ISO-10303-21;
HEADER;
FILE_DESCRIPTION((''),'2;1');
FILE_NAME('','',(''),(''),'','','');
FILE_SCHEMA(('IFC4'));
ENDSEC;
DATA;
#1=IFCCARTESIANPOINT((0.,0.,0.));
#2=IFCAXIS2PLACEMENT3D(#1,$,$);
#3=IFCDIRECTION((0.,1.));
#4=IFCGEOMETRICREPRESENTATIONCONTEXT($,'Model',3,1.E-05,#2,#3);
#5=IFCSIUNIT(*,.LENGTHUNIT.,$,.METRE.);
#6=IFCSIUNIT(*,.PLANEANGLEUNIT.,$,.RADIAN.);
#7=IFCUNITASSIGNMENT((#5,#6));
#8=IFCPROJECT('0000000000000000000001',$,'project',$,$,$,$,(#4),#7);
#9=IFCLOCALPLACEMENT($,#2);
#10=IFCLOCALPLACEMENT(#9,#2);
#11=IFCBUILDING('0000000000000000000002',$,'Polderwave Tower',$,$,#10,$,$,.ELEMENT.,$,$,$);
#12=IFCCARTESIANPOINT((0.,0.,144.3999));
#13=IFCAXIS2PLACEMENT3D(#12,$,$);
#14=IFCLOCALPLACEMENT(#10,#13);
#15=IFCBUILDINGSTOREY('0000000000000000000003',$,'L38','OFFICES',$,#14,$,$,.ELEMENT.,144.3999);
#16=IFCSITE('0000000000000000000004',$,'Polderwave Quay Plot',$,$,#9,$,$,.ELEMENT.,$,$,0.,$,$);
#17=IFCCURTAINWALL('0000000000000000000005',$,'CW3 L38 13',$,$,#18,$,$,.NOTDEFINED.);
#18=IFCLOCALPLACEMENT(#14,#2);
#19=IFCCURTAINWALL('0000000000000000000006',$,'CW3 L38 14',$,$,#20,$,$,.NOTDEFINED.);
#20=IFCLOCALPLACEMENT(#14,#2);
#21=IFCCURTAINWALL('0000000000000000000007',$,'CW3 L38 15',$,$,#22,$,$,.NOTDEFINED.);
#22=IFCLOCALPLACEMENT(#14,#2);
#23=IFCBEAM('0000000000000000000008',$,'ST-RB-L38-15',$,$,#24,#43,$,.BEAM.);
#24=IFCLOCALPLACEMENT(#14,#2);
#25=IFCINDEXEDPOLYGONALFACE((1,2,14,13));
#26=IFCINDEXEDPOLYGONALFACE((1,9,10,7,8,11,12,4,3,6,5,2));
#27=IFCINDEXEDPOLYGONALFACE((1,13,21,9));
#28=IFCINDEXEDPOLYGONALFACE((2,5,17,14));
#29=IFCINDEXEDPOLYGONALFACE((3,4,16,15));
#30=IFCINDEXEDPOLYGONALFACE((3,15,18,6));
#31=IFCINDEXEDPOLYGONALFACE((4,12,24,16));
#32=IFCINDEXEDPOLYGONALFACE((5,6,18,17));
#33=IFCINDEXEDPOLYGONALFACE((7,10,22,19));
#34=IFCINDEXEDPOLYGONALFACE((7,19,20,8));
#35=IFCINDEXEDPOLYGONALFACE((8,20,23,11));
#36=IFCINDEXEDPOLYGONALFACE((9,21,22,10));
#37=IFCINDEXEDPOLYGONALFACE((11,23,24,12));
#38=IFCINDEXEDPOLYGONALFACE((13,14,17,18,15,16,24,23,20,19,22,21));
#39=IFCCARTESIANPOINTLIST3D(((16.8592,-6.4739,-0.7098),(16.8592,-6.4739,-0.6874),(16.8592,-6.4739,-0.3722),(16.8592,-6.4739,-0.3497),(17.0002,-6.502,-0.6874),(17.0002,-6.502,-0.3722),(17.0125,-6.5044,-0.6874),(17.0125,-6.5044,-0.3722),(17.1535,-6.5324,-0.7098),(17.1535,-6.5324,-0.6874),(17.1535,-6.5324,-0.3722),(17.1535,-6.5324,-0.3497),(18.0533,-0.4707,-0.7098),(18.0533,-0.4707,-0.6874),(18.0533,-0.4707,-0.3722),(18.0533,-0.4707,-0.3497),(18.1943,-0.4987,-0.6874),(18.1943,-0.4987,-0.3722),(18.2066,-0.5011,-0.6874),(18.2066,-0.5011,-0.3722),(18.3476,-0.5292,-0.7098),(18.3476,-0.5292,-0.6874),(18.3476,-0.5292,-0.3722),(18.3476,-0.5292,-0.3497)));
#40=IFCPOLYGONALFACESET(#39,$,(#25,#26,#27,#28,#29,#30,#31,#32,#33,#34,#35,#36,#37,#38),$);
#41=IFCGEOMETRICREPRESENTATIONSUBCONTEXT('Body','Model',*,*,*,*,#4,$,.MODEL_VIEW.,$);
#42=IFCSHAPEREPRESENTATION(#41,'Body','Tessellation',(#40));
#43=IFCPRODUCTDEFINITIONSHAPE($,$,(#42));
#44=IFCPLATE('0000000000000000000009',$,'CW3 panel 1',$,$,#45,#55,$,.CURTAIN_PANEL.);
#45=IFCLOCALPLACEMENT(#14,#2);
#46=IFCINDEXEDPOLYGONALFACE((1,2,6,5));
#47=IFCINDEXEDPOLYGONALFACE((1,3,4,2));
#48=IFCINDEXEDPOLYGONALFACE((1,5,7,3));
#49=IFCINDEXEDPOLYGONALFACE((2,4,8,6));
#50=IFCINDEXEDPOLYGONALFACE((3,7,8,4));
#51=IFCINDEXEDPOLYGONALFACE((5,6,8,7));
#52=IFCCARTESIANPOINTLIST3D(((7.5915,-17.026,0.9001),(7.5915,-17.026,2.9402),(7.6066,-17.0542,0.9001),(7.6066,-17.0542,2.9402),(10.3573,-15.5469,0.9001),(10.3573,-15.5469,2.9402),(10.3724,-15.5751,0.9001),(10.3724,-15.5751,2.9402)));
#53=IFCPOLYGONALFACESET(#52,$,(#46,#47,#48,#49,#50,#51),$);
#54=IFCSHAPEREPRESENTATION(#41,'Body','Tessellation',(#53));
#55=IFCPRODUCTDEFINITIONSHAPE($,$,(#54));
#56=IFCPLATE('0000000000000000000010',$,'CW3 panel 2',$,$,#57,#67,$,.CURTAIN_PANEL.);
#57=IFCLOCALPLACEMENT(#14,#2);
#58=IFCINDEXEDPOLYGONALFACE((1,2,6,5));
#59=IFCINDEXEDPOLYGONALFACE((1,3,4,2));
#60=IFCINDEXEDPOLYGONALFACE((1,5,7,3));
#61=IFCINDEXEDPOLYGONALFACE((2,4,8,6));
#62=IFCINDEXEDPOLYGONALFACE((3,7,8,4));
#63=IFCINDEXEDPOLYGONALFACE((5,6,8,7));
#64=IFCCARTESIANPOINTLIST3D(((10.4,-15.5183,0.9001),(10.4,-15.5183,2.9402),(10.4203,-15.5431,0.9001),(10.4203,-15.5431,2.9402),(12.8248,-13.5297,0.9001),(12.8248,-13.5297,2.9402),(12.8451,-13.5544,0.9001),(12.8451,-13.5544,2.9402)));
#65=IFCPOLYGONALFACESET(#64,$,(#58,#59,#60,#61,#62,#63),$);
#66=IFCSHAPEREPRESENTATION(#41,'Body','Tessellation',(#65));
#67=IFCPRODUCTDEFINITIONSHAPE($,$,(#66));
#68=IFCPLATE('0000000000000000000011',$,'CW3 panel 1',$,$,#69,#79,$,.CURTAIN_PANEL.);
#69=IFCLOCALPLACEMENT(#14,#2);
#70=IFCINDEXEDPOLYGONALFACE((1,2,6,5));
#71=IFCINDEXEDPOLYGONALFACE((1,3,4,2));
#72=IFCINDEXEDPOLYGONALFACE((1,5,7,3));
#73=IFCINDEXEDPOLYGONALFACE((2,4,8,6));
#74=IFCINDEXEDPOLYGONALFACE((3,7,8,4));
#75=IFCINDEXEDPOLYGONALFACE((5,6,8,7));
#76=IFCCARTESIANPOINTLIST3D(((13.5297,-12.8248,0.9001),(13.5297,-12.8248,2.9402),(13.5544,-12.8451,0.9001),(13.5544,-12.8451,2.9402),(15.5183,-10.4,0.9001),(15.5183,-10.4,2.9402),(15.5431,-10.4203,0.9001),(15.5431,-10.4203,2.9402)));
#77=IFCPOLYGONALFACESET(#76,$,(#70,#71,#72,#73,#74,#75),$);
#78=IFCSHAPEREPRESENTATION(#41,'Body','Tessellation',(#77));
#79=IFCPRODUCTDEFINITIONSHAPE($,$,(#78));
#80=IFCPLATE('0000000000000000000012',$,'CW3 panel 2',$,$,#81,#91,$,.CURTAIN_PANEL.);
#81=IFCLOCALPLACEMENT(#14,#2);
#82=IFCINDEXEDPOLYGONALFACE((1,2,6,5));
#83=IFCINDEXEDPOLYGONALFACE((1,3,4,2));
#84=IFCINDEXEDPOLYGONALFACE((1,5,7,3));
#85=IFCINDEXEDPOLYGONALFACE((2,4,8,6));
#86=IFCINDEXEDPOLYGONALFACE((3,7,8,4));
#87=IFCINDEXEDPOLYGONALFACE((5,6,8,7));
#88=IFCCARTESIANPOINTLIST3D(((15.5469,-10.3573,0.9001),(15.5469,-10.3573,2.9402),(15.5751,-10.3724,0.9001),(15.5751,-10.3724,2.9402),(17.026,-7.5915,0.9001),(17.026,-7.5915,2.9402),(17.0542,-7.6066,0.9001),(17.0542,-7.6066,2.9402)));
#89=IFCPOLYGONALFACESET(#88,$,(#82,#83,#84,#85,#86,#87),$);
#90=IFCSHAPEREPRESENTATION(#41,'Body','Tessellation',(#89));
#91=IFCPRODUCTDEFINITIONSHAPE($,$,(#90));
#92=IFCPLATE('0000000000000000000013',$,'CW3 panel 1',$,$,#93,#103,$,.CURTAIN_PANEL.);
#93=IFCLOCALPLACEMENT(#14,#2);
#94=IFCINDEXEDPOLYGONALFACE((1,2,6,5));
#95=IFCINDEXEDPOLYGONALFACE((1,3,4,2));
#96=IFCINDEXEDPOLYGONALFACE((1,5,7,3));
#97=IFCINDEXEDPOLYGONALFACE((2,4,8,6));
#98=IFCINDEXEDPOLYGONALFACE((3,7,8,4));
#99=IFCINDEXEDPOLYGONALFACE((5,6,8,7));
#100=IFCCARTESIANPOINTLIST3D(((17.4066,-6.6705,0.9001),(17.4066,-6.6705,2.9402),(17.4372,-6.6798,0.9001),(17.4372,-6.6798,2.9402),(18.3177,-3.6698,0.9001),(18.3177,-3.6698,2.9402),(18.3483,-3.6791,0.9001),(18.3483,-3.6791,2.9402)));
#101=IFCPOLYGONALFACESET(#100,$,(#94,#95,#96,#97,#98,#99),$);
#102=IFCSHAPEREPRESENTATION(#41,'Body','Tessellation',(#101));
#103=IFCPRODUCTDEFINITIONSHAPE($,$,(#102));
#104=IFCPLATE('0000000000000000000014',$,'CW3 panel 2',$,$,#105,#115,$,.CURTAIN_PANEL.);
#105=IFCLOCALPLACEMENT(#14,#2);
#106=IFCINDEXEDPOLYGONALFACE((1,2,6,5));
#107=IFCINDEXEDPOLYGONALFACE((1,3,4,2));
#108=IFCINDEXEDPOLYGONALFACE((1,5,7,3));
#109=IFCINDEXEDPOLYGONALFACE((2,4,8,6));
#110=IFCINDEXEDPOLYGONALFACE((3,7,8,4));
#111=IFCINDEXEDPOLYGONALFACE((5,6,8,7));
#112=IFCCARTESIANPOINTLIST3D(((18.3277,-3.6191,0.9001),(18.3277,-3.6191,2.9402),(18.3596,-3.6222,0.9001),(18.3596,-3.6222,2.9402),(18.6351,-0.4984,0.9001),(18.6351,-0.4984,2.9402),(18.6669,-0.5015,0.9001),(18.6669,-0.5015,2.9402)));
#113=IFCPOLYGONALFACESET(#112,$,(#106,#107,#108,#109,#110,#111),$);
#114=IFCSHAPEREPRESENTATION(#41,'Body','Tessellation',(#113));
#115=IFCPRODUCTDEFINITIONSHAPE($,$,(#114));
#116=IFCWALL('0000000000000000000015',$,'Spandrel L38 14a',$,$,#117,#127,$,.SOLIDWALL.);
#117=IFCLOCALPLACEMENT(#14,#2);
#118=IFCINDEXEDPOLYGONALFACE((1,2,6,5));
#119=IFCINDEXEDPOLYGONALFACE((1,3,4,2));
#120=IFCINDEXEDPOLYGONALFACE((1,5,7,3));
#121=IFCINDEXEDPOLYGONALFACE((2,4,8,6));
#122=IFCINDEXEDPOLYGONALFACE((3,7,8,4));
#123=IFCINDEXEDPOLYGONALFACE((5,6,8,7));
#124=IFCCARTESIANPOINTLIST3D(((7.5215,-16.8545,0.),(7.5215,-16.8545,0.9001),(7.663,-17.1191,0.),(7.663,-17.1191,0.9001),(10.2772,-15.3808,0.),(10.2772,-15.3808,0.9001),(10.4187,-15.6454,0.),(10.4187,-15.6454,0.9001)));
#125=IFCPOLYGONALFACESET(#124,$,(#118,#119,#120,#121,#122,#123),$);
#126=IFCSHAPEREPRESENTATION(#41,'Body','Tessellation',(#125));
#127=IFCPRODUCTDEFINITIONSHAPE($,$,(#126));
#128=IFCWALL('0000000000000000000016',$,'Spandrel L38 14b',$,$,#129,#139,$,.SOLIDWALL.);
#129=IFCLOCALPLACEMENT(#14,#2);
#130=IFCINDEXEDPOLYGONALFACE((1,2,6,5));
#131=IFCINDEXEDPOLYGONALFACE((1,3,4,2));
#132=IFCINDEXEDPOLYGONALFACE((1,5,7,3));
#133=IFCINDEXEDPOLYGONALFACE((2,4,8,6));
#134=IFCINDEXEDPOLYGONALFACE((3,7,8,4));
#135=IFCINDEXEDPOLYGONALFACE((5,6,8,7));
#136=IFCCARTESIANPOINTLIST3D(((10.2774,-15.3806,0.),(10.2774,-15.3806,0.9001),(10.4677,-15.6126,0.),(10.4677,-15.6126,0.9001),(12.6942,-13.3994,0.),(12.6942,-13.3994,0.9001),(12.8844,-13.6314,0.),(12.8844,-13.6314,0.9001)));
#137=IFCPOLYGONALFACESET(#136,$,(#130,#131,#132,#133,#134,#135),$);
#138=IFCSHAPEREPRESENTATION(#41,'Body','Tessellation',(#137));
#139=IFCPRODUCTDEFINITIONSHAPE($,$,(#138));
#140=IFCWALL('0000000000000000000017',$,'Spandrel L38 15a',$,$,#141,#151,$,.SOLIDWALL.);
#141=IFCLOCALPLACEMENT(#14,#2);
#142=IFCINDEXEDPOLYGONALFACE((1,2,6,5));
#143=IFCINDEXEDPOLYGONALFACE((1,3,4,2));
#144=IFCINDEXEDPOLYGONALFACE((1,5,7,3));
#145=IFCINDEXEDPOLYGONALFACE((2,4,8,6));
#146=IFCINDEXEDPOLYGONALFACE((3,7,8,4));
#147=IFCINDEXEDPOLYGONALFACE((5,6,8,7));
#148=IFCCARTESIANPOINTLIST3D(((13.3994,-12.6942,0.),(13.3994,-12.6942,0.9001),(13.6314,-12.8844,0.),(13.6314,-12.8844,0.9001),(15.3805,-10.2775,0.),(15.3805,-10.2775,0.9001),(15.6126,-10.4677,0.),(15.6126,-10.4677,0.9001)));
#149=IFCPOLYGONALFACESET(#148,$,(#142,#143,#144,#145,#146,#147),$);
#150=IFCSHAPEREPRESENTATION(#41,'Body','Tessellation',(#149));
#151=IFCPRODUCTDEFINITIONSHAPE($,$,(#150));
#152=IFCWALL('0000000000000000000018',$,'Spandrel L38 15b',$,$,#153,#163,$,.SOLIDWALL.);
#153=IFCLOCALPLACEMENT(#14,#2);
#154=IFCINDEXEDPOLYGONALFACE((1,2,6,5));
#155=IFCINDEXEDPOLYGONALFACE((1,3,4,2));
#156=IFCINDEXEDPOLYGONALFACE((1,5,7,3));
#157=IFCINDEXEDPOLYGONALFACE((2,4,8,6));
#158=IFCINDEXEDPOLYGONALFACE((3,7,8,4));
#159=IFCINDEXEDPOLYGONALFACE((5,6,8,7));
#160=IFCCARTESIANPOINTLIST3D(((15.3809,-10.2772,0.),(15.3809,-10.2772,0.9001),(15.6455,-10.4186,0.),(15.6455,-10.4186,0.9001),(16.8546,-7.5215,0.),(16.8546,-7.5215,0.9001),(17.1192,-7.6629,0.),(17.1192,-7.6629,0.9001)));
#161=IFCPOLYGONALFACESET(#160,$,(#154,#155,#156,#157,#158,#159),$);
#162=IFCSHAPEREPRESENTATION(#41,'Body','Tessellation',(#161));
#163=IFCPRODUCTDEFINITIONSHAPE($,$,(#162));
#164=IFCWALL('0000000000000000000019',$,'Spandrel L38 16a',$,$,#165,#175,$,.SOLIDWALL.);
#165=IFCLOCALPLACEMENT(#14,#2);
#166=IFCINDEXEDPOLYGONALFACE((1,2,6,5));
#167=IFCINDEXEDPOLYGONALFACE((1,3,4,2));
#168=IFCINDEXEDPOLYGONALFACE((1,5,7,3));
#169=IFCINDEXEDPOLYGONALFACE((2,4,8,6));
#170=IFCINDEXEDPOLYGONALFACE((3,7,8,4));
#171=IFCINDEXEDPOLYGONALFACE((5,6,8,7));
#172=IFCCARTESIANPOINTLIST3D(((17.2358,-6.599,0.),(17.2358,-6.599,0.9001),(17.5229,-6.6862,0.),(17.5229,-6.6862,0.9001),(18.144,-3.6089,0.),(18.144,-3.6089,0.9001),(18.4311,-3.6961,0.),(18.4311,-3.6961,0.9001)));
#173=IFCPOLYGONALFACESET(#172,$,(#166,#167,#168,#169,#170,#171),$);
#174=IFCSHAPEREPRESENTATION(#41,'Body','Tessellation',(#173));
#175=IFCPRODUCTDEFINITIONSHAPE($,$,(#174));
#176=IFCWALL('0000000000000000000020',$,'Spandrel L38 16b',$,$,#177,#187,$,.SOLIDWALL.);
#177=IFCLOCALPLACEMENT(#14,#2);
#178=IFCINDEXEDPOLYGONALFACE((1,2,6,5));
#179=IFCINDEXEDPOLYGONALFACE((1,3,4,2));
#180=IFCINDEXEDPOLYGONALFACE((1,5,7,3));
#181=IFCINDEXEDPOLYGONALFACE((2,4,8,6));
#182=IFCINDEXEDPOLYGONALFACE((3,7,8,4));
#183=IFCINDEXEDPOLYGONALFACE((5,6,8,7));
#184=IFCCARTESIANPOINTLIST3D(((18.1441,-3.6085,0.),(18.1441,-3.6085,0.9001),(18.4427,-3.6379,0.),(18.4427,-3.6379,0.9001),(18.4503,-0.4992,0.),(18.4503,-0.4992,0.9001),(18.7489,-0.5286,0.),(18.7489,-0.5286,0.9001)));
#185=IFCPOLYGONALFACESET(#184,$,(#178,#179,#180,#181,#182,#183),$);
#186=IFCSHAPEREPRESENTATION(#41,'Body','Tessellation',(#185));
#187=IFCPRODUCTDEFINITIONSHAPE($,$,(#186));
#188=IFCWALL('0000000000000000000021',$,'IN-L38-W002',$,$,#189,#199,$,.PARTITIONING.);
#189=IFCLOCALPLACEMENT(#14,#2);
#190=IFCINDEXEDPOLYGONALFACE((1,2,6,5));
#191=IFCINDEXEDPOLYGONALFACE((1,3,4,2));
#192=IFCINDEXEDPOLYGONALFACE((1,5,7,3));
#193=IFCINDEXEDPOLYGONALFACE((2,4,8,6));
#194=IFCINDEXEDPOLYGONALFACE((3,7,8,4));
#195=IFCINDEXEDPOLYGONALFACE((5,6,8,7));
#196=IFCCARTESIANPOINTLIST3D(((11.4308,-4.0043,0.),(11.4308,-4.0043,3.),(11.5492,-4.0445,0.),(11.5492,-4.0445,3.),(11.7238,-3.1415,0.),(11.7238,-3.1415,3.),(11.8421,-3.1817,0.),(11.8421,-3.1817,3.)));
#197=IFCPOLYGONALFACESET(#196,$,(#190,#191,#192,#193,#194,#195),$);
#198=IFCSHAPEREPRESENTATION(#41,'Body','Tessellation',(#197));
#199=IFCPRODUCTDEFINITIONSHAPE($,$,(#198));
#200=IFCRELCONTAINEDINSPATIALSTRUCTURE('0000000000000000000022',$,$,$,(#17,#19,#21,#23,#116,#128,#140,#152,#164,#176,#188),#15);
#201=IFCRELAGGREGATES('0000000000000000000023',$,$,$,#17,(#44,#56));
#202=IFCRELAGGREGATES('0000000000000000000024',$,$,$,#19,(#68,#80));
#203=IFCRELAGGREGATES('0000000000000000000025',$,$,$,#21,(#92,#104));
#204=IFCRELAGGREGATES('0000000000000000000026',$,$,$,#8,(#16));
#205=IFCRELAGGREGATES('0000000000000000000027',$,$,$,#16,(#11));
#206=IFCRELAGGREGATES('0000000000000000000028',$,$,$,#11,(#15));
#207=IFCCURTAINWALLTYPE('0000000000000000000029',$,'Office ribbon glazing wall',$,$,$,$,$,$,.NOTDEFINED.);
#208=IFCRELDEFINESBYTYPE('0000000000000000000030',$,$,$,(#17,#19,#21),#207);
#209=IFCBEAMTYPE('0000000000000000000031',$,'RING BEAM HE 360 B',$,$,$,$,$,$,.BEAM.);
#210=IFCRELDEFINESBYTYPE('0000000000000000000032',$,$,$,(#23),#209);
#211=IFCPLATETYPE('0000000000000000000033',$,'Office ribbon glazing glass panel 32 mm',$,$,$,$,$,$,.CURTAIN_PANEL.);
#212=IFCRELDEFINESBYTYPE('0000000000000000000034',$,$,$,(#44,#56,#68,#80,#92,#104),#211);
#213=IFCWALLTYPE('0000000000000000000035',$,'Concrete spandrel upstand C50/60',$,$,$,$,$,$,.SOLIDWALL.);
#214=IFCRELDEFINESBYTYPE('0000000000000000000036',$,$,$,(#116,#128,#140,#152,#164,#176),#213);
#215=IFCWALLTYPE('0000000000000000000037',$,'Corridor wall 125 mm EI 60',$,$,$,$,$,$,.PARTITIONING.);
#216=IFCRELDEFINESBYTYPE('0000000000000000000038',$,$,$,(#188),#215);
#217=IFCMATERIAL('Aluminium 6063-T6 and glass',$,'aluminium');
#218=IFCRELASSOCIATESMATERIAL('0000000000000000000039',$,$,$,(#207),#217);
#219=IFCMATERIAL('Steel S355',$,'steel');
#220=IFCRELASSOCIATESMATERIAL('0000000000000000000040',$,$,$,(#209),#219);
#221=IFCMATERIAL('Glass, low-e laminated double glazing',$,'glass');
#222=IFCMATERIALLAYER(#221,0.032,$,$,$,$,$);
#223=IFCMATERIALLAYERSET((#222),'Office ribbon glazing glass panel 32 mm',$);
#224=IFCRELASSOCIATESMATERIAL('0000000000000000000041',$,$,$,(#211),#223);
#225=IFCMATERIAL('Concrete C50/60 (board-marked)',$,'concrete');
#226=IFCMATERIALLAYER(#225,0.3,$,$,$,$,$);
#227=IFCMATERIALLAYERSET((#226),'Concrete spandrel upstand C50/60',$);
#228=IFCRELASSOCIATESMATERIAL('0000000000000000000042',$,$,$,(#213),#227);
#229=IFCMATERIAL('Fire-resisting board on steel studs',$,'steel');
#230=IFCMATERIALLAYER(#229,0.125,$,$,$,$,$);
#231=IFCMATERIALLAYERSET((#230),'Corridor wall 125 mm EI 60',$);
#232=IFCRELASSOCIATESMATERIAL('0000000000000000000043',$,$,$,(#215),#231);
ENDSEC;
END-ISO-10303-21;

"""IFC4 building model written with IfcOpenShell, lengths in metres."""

from ifc_helpers import new_model, si_unit, direction, frame, frame_2d, origin, origin_2d, place, context, subcontext, project, spatial, rectangle, i_section, extrude, material, layer, layer_set, material_profile, profile_set, type_object, element, aggregate, save


model = new_model("IFC4")

# Units and contexts
model_context = context("Model", 3, precision=1e-05, world=origin(), true_north=direction((0.0, 1.0)))
body_context = subcontext(model_context, "Body", "Model", "MODEL_VIEW")
ifc_project = project(units=[si_unit("LENGTHUNIT", "METRE"), si_unit("PLANEANGLEUNIT", "RADIAN")], contexts=[model_context])

# Site, building, storey
site_placement = place(None, origin())
site = spatial("IfcSite", under=ifc_project, at=site_placement, Name="Polderwave Quay Plot", CompositionType="ELEMENT", RefElevation=0.0)
building_placement = place(site_placement, origin())
building = spatial("IfcBuilding", under=site, at=building_placement, Name="Polderwave Tower", CompositionType="ELEMENT")
storey_placement = place(building_placement, frame((0.0, 0.0, 144.3999)))
storey = spatial("IfcBuildingStorey", under=building, at=storey_placement, Name="L38", Description="OFFICES", CompositionType="ELEMENT", Elevation=144.3999)

# Curtain walls
ifc_material_1 = material(Name="Aluminium 6063-T6 and glass", Category="aluminium")
curtain_wall_type = type_object("IfcCurtainWallType", Name="Office ribbon glazing wall", PredefinedType="NOTDEFINED", material=ifc_material_1)
curtain_wall_1_placement = place(storey_placement, origin())
curtain_wall_1 = element("IfcCurtainWall", 1, at=curtain_wall_1_placement, inside=storey, type_object=curtain_wall_type, Name="CW3 L38 13", PredefinedType="NOTDEFINED")
curtain_wall_2_placement = place(storey_placement, origin())
curtain_wall_2 = element("IfcCurtainWall", 2, at=curtain_wall_2_placement, inside=storey, type_object=curtain_wall_type, Name="CW3 L38 14", PredefinedType="NOTDEFINED")
curtain_wall_3_placement = place(storey_placement, origin())
curtain_wall_3 = element("IfcCurtainWall", 3, at=curtain_wall_3_placement, inside=storey, type_object=curtain_wall_type, Name="CW3 L38 15", PredefinedType="NOTDEFINED")

# Beam
ifc_material_2 = material(Name="Steel S355", Category="steel")
ifc_material_profile_1 = material_profile(ifc_material_2, i_section(OverallWidth=0.3, OverallDepth=0.3601, WebThickness=0.0125, FlangeThickness=0.0225, at=origin_2d()), Name="HE 360 B")
ifc_profile_set_1 = profile_set([ifc_material_profile_1], Name="Steel S355")
beam_type = type_object("IfcBeamType", Name="RING BEAM HE 360 B", PredefinedType="BEAM", material=ifc_profile_set_1)
beam_1_placement = place(storey_placement, frame((17.0063, -6.5032, -0.5298), z_axis=(0.195088, 0.980786, 0.0), x_axis=(-0.980786, 0.195088, 0.0)))
element("IfcBeam", 4, at=beam_1_placement, inside=storey, type_object=beam_type, Name="ST-RB-L38-15", PredefinedType="BEAM", context=body_context, shape_type="SweptSolid", body=[
    extrude(i_section(OverallWidth=0.3, OverallDepth=0.3601, WebThickness=0.0125, FlangeThickness=0.0225, at=origin_2d()), origin(), (0.0, 0.0, 1.0), 6.1208),
])

# Plates
ifc_material_3 = material(Name="Glass, low-e laminated double glazing", Category="glass")
ifc_layer_1 = layer(ifc_material_3, 0.032)
ifc_layer_set_1 = layer_set([ifc_layer_1], Name="Office ribbon glazing glass panel 32 mm")
plate_type = type_object("IfcPlateType", Name="Office ribbon glazing glass panel 32 mm", PredefinedType="CURTAIN_PANEL", material=ifc_layer_set_1)
plate_1_placement = place(storey_placement, frame((8.9819, -16.3005, 0.9001), z_axis=(0.0, 0.0, 1.0), x_axis=(0.881827, 0.471572, 0.0)))
plate_1 = element("IfcPlate", 5, at=plate_1_placement, type_object=plate_type, Name="CW3 panel 1", PredefinedType="CURTAIN_PANEL", context=body_context, shape_type="SweptSolid", body=[
    extrude(rectangle(XDim=3.1365, YDim=0.032, at=origin_2d()), origin(), (0.0, 0.0, 1.0), 2.04),
])
plate_2_placement = place(storey_placement, frame((11.6226, -14.5364, 0.9001), z_axis=(0.0, 0.0, 1.0), x_axis=(0.773224, 0.634133, 0.0)))
plate_2 = element("IfcPlate", 6, at=plate_2_placement, type_object=plate_type, Name="CW3 panel 2", PredefinedType="CURTAIN_PANEL", context=body_context, shape_type="SweptSolid", body=[
    extrude(rectangle(XDim=3.136, YDim=0.032, at=origin_2d()), origin(), (0.0, 0.0, 1.0), 2.04),
])
aggregate(curtain_wall_1, [plate_1, plate_2])
plate_3_placement = place(storey_placement, frame((14.5364, -11.6226, 0.9001), z_axis=(0.0, 0.0, 1.0), x_axis=(0.634133, 0.773224, 0.0)))
plate_3 = element("IfcPlate", 7, at=plate_3_placement, type_object=plate_type, Name="CW3 panel 1", PredefinedType="CURTAIN_PANEL", context=body_context, shape_type="SweptSolid", body=[
    extrude(rectangle(XDim=3.136, YDim=0.032, at=origin_2d()), origin(), (0.0, 0.0, 1.0), 2.04),
])
plate_4_placement = place(storey_placement, frame((16.3005, -8.9819, 0.9001), z_axis=(0.0, 0.0, 1.0), x_axis=(0.471572, 0.881827, 0.0)))
plate_4 = element("IfcPlate", 8, at=plate_4_placement, type_object=plate_type, Name="CW3 panel 2", PredefinedType="CURTAIN_PANEL", context=body_context, shape_type="SweptSolid", body=[
    extrude(rectangle(XDim=3.1365, YDim=0.032, at=origin_2d()), origin(), (0.0, 0.0, 1.0), 2.04),
])
aggregate(curtain_wall_2, [plate_3, plate_4])
plate_5_placement = place(storey_placement, frame((17.8774, -5.1748, 0.9001), z_axis=(0.0, 0.0, 1.0), x_axis=(0.290507, 0.956873, 0.0)))
plate_5 = element("IfcPlate", 9, at=plate_5_placement, type_object=plate_type, Name="CW3 panel 1", PredefinedType="CURTAIN_PANEL", context=body_context, shape_type="SweptSolid", body=[
    extrude(rectangle(XDim=3.136, YDim=0.032, at=origin_2d()), origin(), (0.0, 0.0, 1.0), 2.04),
])
plate_6_placement = place(storey_placement, frame((18.4973, -2.0603, 0.9001), z_axis=(0.0, 0.0, 1.0), x_axis=(0.098002, 0.995186, 0.0)))
plate_6 = element("IfcPlate", 10, at=plate_6_placement, type_object=plate_type, Name="CW3 panel 2", PredefinedType="CURTAIN_PANEL", context=body_context, shape_type="SweptSolid", body=[
    extrude(rectangle(XDim=3.1357, YDim=0.032, at=origin_2d()), origin(), (0.0, 0.0, 1.0), 2.04),
])
aggregate(curtain_wall_3, [plate_5, plate_6])

# Walls
ifc_material_4 = material(Name="Concrete C50/60 (board-marked)", Category="concrete")
ifc_layer_2 = layer(ifc_material_4, 0.3)
ifc_layer_set_2 = layer_set([ifc_layer_2], Name="Concrete spandrel upstand C50/60")
wall_type_1 = type_object("IfcWallType", Name="Concrete spandrel upstand C50/60", PredefinedType="SOLIDWALL", material=ifc_layer_set_2)
for number, where, z_axis, x_axis, name in (
    (11, (7.5923, -16.9868, 0.0), (0.0, 0.0, 1.0), (0.881825, 0.471577, 0.0), "Spandrel L38 14a"),
    (12, (10.3726, -15.4966, 0.0), (0.0, 0.0, 1.0), (0.773351, 0.633978, 0.0), "Spandrel L38 14b"),
    (13, (13.5154, -12.7893, 0.0), (0.0, 0.0, 1.0), (0.633978, 0.773351, 0.0), "Spandrel L38 15a"),
    (14, (15.5132, -10.3479, 0.0), (0.0, 0.0, 1.0), (0.471577, 0.881825, 0.0), "Spandrel L38 15b"),
    (15, (17.3794, -6.6426, 0.0), (0.0, 0.0, 1.0), (0.290614, 0.95684, 0.0), "Spandrel L38 16a"),
):
    element("IfcWall", number, at=place(storey_placement, frame(where, z_axis=z_axis, x_axis=x_axis)), inside=storey, type_object=wall_type_1, Name=name, PredefinedType="SOLIDWALL", context=body_context, shape_type="SweptSolid", body=[
        extrude(rectangle(XDim=3.125, YDim=0.3, at=frame_2d((1.5625, 0.0))), origin(), (0.0, 0.0, 1.0), 0.9001),
    ])
wall_1_placement = place(storey_placement, frame((18.2935, -3.623, 0.0), z_axis=(0.0, 0.0, 1.0), x_axis=(0.097995, 0.995187, 0.0)))
element("IfcWall", 16, at=wall_1_placement, inside=storey, type_object=wall_type_1, Name="Spandrel L38 16b", PredefinedType="SOLIDWALL", context=body_context, shape_type="SweptSolid", body=[
    extrude(rectangle(XDim=3.1243, YDim=0.3, at=frame_2d((1.562, 0.0))), origin(), (0.0, 0.0, 1.0), 0.9001),
])
ifc_material_5 = material(Name="Fire-resisting board on steel studs", Category="steel")
ifc_layer_3 = layer(ifc_material_5, 0.125)
ifc_layer_set_3 = layer_set([ifc_layer_3], Name="Corridor wall 125 mm EI 60")
wall_type_2 = type_object("IfcWallType", Name="Corridor wall 125 mm EI 60", PredefinedType="PARTITIONING", material=ifc_layer_set_3)
wall_2_placement = place(storey_placement, frame((11.783, -3.1616, 0.0), z_axis=(0.0, 0.0, 1.0), x_axis=(-0.321528, -0.9469, 0.0)))
element("IfcWall", 17, at=wall_2_placement, inside=storey, type_object=wall_type_2, Name="IN-L38-W002", PredefinedType="PARTITIONING", context=body_context, shape_type="SweptSolid", body=[
    extrude(rectangle(XDim=0.9111, YDim=0.125, at=frame_2d((0.4556, 0.0))), origin(), (0.0, 0.0, 1.0), 3.0),
])

save(model, "model.ifc")
